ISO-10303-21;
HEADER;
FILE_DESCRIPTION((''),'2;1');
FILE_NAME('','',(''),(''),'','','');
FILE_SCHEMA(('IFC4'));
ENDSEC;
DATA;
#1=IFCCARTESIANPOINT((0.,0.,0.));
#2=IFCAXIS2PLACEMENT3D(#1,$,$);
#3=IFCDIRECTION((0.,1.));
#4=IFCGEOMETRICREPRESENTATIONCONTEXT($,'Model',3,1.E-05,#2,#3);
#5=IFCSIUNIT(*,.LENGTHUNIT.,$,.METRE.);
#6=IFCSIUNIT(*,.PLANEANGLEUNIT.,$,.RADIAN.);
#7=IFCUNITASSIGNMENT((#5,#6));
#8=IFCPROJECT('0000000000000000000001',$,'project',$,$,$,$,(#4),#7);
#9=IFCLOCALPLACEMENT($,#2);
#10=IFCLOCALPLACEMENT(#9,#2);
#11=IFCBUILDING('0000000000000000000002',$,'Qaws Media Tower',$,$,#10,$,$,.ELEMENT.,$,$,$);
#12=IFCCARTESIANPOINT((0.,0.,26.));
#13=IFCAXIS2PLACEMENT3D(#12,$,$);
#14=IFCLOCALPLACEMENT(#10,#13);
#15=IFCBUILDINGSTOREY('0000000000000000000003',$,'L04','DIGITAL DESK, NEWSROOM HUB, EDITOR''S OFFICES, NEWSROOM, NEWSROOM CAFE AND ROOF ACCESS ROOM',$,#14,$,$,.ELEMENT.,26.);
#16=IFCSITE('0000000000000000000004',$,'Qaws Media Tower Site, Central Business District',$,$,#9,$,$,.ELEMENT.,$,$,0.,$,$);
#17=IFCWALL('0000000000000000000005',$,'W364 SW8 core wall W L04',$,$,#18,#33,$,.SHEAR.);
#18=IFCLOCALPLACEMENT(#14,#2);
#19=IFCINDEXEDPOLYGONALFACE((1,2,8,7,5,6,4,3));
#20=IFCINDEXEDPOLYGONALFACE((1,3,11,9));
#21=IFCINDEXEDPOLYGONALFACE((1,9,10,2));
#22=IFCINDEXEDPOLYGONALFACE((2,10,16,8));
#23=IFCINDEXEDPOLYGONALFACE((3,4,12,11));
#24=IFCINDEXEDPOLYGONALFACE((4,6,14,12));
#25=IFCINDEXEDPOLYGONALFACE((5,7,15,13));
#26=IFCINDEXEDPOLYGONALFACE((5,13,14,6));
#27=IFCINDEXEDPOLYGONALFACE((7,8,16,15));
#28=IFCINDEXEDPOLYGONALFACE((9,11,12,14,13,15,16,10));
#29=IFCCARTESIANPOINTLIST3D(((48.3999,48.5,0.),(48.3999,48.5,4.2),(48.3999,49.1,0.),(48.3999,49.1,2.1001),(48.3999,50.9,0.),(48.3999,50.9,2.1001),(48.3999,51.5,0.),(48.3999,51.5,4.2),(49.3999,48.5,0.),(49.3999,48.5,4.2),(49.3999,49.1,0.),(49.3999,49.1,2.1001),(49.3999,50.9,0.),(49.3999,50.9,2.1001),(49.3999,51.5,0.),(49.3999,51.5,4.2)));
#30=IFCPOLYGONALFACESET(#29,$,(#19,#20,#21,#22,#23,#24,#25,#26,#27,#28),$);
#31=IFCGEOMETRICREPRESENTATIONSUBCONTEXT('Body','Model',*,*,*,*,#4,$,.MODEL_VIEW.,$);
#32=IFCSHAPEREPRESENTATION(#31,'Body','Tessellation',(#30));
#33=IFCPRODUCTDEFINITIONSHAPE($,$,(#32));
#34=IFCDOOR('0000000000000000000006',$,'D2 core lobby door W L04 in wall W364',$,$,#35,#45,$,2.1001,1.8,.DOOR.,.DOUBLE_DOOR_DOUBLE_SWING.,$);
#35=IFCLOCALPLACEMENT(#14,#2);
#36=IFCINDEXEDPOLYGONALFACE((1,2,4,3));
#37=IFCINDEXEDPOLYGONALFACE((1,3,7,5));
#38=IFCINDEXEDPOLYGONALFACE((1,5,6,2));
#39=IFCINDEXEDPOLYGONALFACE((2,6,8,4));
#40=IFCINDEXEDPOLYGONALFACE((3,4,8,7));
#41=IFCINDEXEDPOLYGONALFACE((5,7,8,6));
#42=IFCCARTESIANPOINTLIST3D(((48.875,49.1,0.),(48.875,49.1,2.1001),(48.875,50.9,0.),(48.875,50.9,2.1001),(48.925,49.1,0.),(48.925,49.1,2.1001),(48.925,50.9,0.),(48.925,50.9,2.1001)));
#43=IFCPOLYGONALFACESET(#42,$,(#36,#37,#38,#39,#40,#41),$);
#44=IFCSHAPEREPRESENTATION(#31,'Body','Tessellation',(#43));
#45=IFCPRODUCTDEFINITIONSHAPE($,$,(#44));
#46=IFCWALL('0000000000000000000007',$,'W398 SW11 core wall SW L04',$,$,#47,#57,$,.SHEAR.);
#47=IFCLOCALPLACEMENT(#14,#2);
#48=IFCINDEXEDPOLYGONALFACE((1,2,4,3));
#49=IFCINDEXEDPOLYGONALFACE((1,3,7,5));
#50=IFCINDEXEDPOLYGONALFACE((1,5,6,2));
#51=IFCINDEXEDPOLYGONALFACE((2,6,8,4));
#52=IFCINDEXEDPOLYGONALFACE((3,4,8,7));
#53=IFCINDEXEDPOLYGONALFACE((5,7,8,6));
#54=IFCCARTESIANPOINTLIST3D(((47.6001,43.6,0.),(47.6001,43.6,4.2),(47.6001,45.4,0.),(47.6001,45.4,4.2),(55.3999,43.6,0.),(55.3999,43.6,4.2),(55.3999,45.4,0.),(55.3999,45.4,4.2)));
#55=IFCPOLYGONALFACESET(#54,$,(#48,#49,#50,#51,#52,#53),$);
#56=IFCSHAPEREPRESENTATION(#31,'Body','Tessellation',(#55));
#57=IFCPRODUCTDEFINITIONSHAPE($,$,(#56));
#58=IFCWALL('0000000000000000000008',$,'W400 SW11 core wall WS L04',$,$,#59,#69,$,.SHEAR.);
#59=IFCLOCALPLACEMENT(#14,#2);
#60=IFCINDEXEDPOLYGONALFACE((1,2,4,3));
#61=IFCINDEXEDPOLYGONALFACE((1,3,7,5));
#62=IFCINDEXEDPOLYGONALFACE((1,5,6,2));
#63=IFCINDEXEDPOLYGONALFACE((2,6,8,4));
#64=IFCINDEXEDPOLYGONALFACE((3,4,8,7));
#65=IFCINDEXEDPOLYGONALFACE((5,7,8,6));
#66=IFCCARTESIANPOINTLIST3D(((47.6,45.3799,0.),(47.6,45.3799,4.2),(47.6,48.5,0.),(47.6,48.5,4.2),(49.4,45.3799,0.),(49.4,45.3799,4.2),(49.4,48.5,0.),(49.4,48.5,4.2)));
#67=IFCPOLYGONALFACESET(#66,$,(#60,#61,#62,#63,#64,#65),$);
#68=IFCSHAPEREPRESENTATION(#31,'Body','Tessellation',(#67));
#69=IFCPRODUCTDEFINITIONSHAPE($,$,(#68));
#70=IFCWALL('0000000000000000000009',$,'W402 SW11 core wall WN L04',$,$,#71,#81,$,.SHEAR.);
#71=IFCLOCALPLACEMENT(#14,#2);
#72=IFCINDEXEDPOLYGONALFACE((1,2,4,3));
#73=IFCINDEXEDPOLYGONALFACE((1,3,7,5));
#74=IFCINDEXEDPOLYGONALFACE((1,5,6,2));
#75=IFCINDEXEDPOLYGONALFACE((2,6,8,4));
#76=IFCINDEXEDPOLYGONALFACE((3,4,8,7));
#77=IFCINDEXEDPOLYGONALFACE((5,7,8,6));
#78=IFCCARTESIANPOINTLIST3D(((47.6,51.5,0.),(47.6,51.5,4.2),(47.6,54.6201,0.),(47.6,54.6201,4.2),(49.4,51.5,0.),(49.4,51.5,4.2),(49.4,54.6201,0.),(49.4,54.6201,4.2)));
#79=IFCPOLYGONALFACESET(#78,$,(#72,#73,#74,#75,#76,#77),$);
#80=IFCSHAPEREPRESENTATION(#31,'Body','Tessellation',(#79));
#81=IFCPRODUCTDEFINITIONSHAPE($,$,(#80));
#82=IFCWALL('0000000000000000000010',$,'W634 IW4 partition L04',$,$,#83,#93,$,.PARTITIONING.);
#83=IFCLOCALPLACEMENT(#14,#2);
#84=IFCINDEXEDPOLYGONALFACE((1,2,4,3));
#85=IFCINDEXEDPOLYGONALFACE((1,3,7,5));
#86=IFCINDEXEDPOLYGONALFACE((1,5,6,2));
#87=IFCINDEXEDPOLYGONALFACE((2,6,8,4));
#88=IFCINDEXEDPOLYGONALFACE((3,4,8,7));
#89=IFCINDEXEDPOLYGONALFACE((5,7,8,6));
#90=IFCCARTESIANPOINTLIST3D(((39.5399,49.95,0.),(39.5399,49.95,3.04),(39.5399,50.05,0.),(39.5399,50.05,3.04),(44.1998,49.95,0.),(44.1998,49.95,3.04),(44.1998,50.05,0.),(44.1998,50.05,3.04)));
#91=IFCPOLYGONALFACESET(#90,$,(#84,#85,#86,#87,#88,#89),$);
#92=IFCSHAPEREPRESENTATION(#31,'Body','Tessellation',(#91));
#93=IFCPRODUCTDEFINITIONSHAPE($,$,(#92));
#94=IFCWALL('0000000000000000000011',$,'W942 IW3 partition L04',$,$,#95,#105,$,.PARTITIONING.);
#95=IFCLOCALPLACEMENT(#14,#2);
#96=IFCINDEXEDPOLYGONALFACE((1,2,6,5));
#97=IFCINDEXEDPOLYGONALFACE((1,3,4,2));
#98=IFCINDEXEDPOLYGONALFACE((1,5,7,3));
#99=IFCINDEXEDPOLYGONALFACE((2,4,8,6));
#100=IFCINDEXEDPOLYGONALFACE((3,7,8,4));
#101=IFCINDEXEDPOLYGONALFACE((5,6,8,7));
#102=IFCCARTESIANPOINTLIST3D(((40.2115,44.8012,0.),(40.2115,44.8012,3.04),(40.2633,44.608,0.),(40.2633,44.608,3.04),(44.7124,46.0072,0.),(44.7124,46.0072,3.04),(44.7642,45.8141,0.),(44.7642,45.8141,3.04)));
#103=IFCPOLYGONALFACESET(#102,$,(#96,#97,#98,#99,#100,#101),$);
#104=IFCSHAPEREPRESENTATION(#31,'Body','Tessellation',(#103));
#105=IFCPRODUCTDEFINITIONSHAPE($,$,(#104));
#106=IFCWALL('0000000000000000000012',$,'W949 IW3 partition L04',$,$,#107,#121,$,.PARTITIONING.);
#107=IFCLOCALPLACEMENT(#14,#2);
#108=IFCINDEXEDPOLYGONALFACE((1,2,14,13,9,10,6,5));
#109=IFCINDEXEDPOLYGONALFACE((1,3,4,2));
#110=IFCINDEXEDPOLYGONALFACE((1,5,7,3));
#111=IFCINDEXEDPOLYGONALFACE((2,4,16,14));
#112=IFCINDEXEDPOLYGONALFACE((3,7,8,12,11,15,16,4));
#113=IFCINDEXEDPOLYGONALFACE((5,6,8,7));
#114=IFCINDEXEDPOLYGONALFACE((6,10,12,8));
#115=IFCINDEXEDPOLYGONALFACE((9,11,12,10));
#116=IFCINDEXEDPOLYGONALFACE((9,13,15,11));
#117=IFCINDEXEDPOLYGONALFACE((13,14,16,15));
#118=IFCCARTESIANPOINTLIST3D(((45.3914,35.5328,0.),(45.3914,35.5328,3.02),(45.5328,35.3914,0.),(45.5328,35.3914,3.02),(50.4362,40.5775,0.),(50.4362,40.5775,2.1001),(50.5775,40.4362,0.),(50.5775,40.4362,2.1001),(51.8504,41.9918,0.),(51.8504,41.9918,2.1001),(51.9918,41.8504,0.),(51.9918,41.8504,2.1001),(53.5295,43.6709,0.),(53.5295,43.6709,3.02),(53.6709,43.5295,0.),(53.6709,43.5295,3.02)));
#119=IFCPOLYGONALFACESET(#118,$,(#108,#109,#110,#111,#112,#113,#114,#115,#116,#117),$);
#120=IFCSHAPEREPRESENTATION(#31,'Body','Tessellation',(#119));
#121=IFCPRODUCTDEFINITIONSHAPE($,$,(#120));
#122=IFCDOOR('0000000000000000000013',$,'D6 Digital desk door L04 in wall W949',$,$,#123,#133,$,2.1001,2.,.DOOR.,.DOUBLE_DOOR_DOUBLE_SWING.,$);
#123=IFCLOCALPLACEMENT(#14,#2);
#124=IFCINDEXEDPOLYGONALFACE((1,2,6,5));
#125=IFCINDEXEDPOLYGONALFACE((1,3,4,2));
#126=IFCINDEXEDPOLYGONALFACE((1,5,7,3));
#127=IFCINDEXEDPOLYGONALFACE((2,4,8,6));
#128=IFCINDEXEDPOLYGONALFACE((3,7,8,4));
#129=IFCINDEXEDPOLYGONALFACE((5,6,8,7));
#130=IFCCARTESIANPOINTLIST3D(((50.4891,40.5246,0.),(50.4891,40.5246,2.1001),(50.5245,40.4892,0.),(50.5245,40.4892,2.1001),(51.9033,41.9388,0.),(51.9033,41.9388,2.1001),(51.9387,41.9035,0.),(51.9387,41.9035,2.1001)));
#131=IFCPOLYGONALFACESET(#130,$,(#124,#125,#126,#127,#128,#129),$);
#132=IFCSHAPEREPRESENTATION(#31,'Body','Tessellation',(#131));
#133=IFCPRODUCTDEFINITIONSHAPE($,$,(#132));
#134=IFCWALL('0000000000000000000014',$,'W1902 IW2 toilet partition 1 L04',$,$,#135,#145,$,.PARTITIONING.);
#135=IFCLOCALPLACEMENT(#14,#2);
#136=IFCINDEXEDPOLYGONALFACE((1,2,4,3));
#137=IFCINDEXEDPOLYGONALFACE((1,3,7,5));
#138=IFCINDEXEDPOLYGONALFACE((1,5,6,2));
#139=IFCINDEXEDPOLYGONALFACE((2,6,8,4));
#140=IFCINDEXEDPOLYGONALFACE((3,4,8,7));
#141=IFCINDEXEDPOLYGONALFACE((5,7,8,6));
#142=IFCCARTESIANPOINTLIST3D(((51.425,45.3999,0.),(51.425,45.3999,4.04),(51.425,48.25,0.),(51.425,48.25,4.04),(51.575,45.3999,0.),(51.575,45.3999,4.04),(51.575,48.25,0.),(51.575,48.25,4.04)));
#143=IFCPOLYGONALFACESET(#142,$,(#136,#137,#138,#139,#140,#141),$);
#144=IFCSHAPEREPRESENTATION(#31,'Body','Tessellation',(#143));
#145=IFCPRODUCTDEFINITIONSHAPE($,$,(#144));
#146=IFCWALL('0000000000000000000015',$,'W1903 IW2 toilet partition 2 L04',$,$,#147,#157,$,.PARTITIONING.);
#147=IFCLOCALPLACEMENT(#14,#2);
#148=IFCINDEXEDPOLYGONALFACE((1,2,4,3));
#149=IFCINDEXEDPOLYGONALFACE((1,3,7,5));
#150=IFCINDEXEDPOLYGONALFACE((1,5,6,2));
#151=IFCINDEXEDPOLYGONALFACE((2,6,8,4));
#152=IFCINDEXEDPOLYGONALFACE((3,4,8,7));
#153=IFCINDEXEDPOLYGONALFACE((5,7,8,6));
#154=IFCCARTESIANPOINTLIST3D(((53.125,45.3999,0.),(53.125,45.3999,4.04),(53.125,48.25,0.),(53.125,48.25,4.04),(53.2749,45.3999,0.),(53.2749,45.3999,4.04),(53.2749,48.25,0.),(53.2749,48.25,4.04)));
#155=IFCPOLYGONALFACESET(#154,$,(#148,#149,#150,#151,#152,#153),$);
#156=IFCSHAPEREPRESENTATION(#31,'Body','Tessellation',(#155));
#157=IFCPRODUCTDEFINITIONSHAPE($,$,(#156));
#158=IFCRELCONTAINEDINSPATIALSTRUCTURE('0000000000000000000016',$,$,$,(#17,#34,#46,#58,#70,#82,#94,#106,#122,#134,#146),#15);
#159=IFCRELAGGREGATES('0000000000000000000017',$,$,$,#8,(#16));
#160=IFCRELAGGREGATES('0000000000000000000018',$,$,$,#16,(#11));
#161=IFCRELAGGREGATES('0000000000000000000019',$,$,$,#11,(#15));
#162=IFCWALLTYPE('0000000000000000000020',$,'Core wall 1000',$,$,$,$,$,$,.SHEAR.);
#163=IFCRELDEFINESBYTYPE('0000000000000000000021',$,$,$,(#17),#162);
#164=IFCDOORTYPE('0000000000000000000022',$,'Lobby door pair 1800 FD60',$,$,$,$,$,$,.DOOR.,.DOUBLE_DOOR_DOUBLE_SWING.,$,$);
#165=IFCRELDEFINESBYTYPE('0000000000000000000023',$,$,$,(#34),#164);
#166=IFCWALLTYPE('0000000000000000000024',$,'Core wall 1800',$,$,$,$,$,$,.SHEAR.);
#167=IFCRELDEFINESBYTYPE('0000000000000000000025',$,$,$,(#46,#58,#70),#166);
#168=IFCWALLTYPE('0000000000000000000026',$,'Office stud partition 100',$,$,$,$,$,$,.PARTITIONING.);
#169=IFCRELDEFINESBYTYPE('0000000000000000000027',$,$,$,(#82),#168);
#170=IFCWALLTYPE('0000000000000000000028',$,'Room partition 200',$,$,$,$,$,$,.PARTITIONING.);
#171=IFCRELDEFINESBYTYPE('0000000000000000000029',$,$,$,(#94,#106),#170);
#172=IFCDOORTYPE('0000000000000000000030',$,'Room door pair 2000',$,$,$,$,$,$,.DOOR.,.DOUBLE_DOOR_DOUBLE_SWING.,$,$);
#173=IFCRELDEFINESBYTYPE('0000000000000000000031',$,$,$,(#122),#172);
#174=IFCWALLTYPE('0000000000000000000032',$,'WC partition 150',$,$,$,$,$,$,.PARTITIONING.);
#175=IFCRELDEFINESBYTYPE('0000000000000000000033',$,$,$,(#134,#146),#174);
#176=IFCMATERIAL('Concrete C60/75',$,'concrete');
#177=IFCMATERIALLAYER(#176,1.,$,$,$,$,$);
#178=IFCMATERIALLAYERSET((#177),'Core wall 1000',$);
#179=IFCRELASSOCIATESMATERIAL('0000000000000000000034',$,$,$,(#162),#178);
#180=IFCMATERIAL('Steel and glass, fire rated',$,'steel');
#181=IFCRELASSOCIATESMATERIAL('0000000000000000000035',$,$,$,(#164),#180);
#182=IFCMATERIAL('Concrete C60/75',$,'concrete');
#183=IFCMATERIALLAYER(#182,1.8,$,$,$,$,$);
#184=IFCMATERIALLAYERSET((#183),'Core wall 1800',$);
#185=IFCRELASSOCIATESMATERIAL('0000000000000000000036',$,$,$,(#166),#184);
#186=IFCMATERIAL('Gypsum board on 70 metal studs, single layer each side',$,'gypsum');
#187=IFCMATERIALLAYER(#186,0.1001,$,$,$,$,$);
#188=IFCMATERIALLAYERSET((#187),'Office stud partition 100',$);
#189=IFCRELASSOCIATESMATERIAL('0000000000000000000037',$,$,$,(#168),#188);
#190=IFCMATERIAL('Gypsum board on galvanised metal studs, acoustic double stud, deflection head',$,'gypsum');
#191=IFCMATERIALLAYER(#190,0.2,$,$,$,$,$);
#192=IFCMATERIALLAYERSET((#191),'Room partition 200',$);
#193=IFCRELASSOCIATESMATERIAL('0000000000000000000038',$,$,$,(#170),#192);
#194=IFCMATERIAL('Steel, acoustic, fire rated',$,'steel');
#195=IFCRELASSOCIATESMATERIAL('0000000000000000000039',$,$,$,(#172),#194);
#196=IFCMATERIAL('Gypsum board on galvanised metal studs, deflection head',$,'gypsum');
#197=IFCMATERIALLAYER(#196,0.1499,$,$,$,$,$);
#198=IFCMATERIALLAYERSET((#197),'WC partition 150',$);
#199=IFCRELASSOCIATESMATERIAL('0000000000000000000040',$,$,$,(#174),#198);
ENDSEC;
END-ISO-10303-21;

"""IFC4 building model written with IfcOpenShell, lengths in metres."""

from ifc_helpers import new_model, si_unit, direction, frame, frame_2d, origin, place, context, subcontext, project, spatial, rectangle, extrude, material, layer, layer_set, type_object, element, fill, save


model = new_model("IFC4")

# Units and contexts
model_context = context("Model", 3, precision=1e-05, world=origin(), true_north=direction((0.0, 1.0)))
body_context = subcontext(model_context, "Body", "Model", "MODEL_VIEW")
ifc_project = project(units=[si_unit("LENGTHUNIT", "METRE"), si_unit("PLANEANGLEUNIT", "RADIAN")], contexts=[model_context])

# Site, building, storey
site_placement = place(None, origin())
site = spatial("IfcSite", under=ifc_project, at=site_placement, Name="Qaws Media Tower Site, Central Business District", CompositionType="ELEMENT", RefElevation=0.0)
building_placement = place(site_placement, origin())
building = spatial("IfcBuilding", under=site, at=building_placement, Name="Qaws Media Tower", CompositionType="ELEMENT")
storey_placement = place(building_placement, frame((0.0, 0.0, 26.0)))
storey = spatial("IfcBuildingStorey", under=building, at=storey_placement, Name="L04", Description="DIGITAL DESK, NEWSROOM HUB, EDITOR'S OFFICES, NEWSROOM, NEWSROOM CAFE AND ROOF ACCESS ROOM", CompositionType="ELEMENT", Elevation=26.0)

# Wall, opening, door
ifc_material_1 = material(Name="Concrete C60/75", Category="concrete")
ifc_layer_1 = layer(ifc_material_1, 1.0)
ifc_layer_set_1 = layer_set([ifc_layer_1], Name="Core wall 1000")
wall_type_1 = type_object("IfcWallType", Name="Core wall 1000", PredefinedType="SHEAR", material=ifc_layer_set_1)
wall_1_placement = place(storey_placement, frame((48.8999, 48.5, 0.0), z_axis=(0.0, 0.0, 1.0), x_axis=(0.0, 1.0, 0.0)))
wall_1 = element("IfcWall", 1, at=wall_1_placement, inside=storey, type_object=wall_type_1, Name="W364 SW8 core wall W L04", PredefinedType="SHEAR", context=body_context, shape_type="SweptSolid", body=[
    extrude(rectangle(XDim=3.0, YDim=1.0, at=frame_2d((1.5, 0.0))), origin(), (0.0, 0.0, 1.0), 4.2),
])
opening_1_placement = place(wall_1_placement, frame((0.6001, 0.0, 0.0)))
opening_1 = element("IfcOpeningElement", 2, at=opening_1_placement, cuts=wall_1, PredefinedType="OPENING", context=body_context, shape_type="SweptSolid", body=[
    extrude(rectangle(XDim=1.8, YDim=2.1001, at=frame_2d((0.8999, 1.05))), frame((0.0, 0.51, 0.0), z_axis=(0.0, -1.0, 0.0), x_axis=(1.0, 0.0, 0.0)), (0.0, 0.0, 1.0), 1.02),
])
ifc_material_2 = material(Name="Steel and glass, fire rated", Category="steel")
door_type_1 = type_object("IfcDoorType", Name="Lobby door pair 1800 FD60", OperationType="DOUBLE_DOOR_DOUBLE_SWING", PredefinedType="DOOR", material=ifc_material_2)
door_1_placement = place(opening_1_placement, origin())
door_1 = element("IfcDoor", 3, at=door_1_placement, inside=storey, type_object=door_type_1, Name="D2 core lobby door W L04 in wall W364", OperationType="DOUBLE_DOOR_DOUBLE_SWING", OverallHeight=2.1001, OverallWidth=1.8, PredefinedType="DOOR", context=body_context, shape_type="SweptSolid", body=[
    extrude(rectangle(XDim=1.8, YDim=2.1001, at=frame_2d((0.8999, 1.05))), frame((0.0, 0.0249, 0.0), z_axis=(0.0, -1.0, 0.0), x_axis=(1.0, 0.0, 0.0)), (0.0, 0.0, 1.0), 0.05),
])
fill(opening_1, door_1)

# Walls
ifc_material_3 = material(Name="Concrete C60/75", Category="concrete")
ifc_layer_2 = layer(ifc_material_3, 1.8)
ifc_layer_set_2 = layer_set([ifc_layer_2], Name="Core wall 1800")
wall_type_2 = type_object("IfcWallType", Name="Core wall 1800", PredefinedType="SHEAR", material=ifc_layer_set_2)
wall_2_placement = place(storey_placement, frame((47.6001, 44.5, 0.0), z_axis=(0.0, 0.0, 1.0), x_axis=(1.0, 0.0, 0.0)))
element("IfcWall", 4, at=wall_2_placement, inside=storey, type_object=wall_type_2, Name="W398 SW11 core wall SW L04", PredefinedType="SHEAR", context=body_context, shape_type="SweptSolid", body=[
    extrude(rectangle(XDim=7.7998, YDim=1.8, at=frame_2d((3.8999, 0.0))), origin(), (0.0, 0.0, 1.0), 4.2),
])
for number, where, z_axis, x_axis, name in (
    (5, (48.5, 45.3799, 0.0), (0.0, 0.0, 1.0), (0.0, 1.0, 0.0), "W400 SW11 core wall WS L04"),
    (6, (48.5, 51.5, 0.0), (0.0, 0.0, 1.0), (0.0, 1.0, 0.0), "W402 SW11 core wall WN L04"),
):
    element("IfcWall", number, at=place(storey_placement, frame(where, z_axis=z_axis, x_axis=x_axis)), inside=storey, type_object=wall_type_2, Name=name, PredefinedType="SHEAR", context=body_context, shape_type="SweptSolid", body=[
        extrude(rectangle(XDim=3.1201, YDim=1.8, at=frame_2d((1.5601, 0.0))), origin(), (0.0, 0.0, 1.0), 4.2),
    ])
ifc_material_4 = material(Name="Gypsum board on 70 metal studs, single layer each side", Category="gypsum")
ifc_layer_3 = layer(ifc_material_4, 0.1001)
ifc_layer_set_3 = layer_set([ifc_layer_3], Name="Office stud partition 100")
wall_type_3 = type_object("IfcWallType", Name="Office stud partition 100", PredefinedType="PARTITIONING", material=ifc_layer_set_3)
wall_3_placement = place(storey_placement, frame((44.2, 50.0, 0.0), z_axis=(0.0, 0.0, 1.0), x_axis=(-1.0, 0.0, 0.0)))
element("IfcWall", 7, at=wall_3_placement, inside=storey, type_object=wall_type_3, Name="W634 IW4 partition L04", PredefinedType="PARTITIONING", context=body_context, shape_type="SweptSolid", body=[
    extrude(rectangle(XDim=4.6599, YDim=0.1001, at=frame_2d((2.3301, 0.0))), origin(), (0.0, 0.0, 1.0), 3.04),
])

# Shared definitions
ifc_material_5 = material(Name="Gypsum board on galvanised metal studs, acoustic double stud, deflection head", Category="gypsum")
ifc_layer_4 = layer(ifc_material_5, 0.2)
ifc_layer_set_4 = layer_set([ifc_layer_4], Name="Room partition 200")
wall_type_4 = type_object("IfcWallType", Name="Room partition 200", PredefinedType="PARTITIONING", material=ifc_layer_set_4)

# Wall
wall_4_placement = place(storey_placement, frame((44.7383, 45.9106, 0.0), z_axis=(0.0, 0.0, 1.0), x_axis=(-0.965925, -0.258823, 0.0)))
element("IfcWall", 8, at=wall_4_placement, inside=storey, type_object=wall_type_4, Name="W942 IW3 partition L04", PredefinedType="PARTITIONING", context=body_context, shape_type="SweptSolid", body=[
    extrude(rectangle(XDim=4.6597, YDim=0.2, at=frame_2d((2.3298, 0.0))), origin(), (0.0, 0.0, 1.0), 3.04),
])

# Wall, opening, door
wall_5_placement = place(storey_placement, frame((53.6001, 43.6001, 0.0), z_axis=(0.0, 0.0, 1.0), x_axis=(-0.707107, -0.707107, 0.0)))
wall_5 = element("IfcWall", 9, at=wall_5_placement, inside=storey, type_object=wall_type_4, Name="W949 IW3 partition L04", PredefinedType="PARTITIONING", context=body_context, shape_type="SweptSolid", body=[
    extrude(rectangle(XDim=11.509, YDim=0.2, at=frame_2d((5.7544, 0.0))), origin(), (0.0, 0.0, 1.0), 3.02),
])
opening_2_placement = place(wall_5_placement, frame((2.3745, 0.0, 0.0)))
opening_2 = element("IfcOpeningElement", 10, at=opening_2_placement, cuts=wall_5, PredefinedType="OPENING", context=body_context, shape_type="SweptSolid", body=[
    extrude(rectangle(XDim=2.0, YDim=2.1001, at=frame_2d((1.0, 1.05))), frame((0.0, 0.1099, 0.0), z_axis=(0.0, -1.0, 0.0), x_axis=(1.0, 0.0, 0.0)), (0.0, 0.0, 1.0), 0.22),
])
ifc_material_6 = material(Name="Steel, acoustic, fire rated", Category="steel")
door_type_2 = type_object("IfcDoorType", Name="Room door pair 2000", OperationType="DOUBLE_DOOR_DOUBLE_SWING", PredefinedType="DOOR", material=ifc_material_6)
door_2_placement = place(opening_2_placement, origin())
door_2 = element("IfcDoor", 11, at=door_2_placement, inside=storey, type_object=door_type_2, Name="D6 Digital desk door L04 in wall W949", OperationType="DOUBLE_DOOR_DOUBLE_SWING", OverallHeight=2.1001, OverallWidth=2.0, PredefinedType="DOOR", context=body_context, shape_type="SweptSolid", body=[
    extrude(rectangle(XDim=2.0, YDim=2.1001, at=frame_2d((1.0, 1.05))), frame((0.0, 0.0249, 0.0), z_axis=(0.0, -1.0, 0.0), x_axis=(1.0, 0.0, 0.0)), (0.0, 0.0, 1.0), 0.05),
])
fill(opening_2, door_2)

# Walls
ifc_material_7 = material(Name="Gypsum board on galvanised metal studs, deflection head", Category="gypsum")
ifc_layer_5 = layer(ifc_material_7, 0.1499)
ifc_layer_set_5 = layer_set([ifc_layer_5], Name="WC partition 150")
wall_type_5 = type_object("IfcWallType", Name="WC partition 150", PredefinedType="PARTITIONING", material=ifc_layer_set_5)
for number, where, z_axis, x_axis, name in (
    (12, (51.5, 45.3999, 0.0), (0.0, 0.0, 1.0), (0.0, 1.0, 0.0), "W1902 IW2 toilet partition 1 L04"),
    (13, (53.2, 45.3999, 0.0), (0.0, 0.0, 1.0), (0.0, 1.0, 0.0), "W1903 IW2 toilet partition 2 L04"),
):
    element("IfcWall", number, at=place(storey_placement, frame(where, z_axis=z_axis, x_axis=x_axis)), inside=storey, type_object=wall_type_5, Name=name, PredefinedType="PARTITIONING", context=body_context, shape_type="SweptSolid", body=[
        extrude(rectangle(XDim=2.8501, YDim=0.1499, at=frame_2d((1.425, 0.0))), origin(), (0.0, 0.0, 1.0), 4.04),
    ])

save(model, "model.ifc")
